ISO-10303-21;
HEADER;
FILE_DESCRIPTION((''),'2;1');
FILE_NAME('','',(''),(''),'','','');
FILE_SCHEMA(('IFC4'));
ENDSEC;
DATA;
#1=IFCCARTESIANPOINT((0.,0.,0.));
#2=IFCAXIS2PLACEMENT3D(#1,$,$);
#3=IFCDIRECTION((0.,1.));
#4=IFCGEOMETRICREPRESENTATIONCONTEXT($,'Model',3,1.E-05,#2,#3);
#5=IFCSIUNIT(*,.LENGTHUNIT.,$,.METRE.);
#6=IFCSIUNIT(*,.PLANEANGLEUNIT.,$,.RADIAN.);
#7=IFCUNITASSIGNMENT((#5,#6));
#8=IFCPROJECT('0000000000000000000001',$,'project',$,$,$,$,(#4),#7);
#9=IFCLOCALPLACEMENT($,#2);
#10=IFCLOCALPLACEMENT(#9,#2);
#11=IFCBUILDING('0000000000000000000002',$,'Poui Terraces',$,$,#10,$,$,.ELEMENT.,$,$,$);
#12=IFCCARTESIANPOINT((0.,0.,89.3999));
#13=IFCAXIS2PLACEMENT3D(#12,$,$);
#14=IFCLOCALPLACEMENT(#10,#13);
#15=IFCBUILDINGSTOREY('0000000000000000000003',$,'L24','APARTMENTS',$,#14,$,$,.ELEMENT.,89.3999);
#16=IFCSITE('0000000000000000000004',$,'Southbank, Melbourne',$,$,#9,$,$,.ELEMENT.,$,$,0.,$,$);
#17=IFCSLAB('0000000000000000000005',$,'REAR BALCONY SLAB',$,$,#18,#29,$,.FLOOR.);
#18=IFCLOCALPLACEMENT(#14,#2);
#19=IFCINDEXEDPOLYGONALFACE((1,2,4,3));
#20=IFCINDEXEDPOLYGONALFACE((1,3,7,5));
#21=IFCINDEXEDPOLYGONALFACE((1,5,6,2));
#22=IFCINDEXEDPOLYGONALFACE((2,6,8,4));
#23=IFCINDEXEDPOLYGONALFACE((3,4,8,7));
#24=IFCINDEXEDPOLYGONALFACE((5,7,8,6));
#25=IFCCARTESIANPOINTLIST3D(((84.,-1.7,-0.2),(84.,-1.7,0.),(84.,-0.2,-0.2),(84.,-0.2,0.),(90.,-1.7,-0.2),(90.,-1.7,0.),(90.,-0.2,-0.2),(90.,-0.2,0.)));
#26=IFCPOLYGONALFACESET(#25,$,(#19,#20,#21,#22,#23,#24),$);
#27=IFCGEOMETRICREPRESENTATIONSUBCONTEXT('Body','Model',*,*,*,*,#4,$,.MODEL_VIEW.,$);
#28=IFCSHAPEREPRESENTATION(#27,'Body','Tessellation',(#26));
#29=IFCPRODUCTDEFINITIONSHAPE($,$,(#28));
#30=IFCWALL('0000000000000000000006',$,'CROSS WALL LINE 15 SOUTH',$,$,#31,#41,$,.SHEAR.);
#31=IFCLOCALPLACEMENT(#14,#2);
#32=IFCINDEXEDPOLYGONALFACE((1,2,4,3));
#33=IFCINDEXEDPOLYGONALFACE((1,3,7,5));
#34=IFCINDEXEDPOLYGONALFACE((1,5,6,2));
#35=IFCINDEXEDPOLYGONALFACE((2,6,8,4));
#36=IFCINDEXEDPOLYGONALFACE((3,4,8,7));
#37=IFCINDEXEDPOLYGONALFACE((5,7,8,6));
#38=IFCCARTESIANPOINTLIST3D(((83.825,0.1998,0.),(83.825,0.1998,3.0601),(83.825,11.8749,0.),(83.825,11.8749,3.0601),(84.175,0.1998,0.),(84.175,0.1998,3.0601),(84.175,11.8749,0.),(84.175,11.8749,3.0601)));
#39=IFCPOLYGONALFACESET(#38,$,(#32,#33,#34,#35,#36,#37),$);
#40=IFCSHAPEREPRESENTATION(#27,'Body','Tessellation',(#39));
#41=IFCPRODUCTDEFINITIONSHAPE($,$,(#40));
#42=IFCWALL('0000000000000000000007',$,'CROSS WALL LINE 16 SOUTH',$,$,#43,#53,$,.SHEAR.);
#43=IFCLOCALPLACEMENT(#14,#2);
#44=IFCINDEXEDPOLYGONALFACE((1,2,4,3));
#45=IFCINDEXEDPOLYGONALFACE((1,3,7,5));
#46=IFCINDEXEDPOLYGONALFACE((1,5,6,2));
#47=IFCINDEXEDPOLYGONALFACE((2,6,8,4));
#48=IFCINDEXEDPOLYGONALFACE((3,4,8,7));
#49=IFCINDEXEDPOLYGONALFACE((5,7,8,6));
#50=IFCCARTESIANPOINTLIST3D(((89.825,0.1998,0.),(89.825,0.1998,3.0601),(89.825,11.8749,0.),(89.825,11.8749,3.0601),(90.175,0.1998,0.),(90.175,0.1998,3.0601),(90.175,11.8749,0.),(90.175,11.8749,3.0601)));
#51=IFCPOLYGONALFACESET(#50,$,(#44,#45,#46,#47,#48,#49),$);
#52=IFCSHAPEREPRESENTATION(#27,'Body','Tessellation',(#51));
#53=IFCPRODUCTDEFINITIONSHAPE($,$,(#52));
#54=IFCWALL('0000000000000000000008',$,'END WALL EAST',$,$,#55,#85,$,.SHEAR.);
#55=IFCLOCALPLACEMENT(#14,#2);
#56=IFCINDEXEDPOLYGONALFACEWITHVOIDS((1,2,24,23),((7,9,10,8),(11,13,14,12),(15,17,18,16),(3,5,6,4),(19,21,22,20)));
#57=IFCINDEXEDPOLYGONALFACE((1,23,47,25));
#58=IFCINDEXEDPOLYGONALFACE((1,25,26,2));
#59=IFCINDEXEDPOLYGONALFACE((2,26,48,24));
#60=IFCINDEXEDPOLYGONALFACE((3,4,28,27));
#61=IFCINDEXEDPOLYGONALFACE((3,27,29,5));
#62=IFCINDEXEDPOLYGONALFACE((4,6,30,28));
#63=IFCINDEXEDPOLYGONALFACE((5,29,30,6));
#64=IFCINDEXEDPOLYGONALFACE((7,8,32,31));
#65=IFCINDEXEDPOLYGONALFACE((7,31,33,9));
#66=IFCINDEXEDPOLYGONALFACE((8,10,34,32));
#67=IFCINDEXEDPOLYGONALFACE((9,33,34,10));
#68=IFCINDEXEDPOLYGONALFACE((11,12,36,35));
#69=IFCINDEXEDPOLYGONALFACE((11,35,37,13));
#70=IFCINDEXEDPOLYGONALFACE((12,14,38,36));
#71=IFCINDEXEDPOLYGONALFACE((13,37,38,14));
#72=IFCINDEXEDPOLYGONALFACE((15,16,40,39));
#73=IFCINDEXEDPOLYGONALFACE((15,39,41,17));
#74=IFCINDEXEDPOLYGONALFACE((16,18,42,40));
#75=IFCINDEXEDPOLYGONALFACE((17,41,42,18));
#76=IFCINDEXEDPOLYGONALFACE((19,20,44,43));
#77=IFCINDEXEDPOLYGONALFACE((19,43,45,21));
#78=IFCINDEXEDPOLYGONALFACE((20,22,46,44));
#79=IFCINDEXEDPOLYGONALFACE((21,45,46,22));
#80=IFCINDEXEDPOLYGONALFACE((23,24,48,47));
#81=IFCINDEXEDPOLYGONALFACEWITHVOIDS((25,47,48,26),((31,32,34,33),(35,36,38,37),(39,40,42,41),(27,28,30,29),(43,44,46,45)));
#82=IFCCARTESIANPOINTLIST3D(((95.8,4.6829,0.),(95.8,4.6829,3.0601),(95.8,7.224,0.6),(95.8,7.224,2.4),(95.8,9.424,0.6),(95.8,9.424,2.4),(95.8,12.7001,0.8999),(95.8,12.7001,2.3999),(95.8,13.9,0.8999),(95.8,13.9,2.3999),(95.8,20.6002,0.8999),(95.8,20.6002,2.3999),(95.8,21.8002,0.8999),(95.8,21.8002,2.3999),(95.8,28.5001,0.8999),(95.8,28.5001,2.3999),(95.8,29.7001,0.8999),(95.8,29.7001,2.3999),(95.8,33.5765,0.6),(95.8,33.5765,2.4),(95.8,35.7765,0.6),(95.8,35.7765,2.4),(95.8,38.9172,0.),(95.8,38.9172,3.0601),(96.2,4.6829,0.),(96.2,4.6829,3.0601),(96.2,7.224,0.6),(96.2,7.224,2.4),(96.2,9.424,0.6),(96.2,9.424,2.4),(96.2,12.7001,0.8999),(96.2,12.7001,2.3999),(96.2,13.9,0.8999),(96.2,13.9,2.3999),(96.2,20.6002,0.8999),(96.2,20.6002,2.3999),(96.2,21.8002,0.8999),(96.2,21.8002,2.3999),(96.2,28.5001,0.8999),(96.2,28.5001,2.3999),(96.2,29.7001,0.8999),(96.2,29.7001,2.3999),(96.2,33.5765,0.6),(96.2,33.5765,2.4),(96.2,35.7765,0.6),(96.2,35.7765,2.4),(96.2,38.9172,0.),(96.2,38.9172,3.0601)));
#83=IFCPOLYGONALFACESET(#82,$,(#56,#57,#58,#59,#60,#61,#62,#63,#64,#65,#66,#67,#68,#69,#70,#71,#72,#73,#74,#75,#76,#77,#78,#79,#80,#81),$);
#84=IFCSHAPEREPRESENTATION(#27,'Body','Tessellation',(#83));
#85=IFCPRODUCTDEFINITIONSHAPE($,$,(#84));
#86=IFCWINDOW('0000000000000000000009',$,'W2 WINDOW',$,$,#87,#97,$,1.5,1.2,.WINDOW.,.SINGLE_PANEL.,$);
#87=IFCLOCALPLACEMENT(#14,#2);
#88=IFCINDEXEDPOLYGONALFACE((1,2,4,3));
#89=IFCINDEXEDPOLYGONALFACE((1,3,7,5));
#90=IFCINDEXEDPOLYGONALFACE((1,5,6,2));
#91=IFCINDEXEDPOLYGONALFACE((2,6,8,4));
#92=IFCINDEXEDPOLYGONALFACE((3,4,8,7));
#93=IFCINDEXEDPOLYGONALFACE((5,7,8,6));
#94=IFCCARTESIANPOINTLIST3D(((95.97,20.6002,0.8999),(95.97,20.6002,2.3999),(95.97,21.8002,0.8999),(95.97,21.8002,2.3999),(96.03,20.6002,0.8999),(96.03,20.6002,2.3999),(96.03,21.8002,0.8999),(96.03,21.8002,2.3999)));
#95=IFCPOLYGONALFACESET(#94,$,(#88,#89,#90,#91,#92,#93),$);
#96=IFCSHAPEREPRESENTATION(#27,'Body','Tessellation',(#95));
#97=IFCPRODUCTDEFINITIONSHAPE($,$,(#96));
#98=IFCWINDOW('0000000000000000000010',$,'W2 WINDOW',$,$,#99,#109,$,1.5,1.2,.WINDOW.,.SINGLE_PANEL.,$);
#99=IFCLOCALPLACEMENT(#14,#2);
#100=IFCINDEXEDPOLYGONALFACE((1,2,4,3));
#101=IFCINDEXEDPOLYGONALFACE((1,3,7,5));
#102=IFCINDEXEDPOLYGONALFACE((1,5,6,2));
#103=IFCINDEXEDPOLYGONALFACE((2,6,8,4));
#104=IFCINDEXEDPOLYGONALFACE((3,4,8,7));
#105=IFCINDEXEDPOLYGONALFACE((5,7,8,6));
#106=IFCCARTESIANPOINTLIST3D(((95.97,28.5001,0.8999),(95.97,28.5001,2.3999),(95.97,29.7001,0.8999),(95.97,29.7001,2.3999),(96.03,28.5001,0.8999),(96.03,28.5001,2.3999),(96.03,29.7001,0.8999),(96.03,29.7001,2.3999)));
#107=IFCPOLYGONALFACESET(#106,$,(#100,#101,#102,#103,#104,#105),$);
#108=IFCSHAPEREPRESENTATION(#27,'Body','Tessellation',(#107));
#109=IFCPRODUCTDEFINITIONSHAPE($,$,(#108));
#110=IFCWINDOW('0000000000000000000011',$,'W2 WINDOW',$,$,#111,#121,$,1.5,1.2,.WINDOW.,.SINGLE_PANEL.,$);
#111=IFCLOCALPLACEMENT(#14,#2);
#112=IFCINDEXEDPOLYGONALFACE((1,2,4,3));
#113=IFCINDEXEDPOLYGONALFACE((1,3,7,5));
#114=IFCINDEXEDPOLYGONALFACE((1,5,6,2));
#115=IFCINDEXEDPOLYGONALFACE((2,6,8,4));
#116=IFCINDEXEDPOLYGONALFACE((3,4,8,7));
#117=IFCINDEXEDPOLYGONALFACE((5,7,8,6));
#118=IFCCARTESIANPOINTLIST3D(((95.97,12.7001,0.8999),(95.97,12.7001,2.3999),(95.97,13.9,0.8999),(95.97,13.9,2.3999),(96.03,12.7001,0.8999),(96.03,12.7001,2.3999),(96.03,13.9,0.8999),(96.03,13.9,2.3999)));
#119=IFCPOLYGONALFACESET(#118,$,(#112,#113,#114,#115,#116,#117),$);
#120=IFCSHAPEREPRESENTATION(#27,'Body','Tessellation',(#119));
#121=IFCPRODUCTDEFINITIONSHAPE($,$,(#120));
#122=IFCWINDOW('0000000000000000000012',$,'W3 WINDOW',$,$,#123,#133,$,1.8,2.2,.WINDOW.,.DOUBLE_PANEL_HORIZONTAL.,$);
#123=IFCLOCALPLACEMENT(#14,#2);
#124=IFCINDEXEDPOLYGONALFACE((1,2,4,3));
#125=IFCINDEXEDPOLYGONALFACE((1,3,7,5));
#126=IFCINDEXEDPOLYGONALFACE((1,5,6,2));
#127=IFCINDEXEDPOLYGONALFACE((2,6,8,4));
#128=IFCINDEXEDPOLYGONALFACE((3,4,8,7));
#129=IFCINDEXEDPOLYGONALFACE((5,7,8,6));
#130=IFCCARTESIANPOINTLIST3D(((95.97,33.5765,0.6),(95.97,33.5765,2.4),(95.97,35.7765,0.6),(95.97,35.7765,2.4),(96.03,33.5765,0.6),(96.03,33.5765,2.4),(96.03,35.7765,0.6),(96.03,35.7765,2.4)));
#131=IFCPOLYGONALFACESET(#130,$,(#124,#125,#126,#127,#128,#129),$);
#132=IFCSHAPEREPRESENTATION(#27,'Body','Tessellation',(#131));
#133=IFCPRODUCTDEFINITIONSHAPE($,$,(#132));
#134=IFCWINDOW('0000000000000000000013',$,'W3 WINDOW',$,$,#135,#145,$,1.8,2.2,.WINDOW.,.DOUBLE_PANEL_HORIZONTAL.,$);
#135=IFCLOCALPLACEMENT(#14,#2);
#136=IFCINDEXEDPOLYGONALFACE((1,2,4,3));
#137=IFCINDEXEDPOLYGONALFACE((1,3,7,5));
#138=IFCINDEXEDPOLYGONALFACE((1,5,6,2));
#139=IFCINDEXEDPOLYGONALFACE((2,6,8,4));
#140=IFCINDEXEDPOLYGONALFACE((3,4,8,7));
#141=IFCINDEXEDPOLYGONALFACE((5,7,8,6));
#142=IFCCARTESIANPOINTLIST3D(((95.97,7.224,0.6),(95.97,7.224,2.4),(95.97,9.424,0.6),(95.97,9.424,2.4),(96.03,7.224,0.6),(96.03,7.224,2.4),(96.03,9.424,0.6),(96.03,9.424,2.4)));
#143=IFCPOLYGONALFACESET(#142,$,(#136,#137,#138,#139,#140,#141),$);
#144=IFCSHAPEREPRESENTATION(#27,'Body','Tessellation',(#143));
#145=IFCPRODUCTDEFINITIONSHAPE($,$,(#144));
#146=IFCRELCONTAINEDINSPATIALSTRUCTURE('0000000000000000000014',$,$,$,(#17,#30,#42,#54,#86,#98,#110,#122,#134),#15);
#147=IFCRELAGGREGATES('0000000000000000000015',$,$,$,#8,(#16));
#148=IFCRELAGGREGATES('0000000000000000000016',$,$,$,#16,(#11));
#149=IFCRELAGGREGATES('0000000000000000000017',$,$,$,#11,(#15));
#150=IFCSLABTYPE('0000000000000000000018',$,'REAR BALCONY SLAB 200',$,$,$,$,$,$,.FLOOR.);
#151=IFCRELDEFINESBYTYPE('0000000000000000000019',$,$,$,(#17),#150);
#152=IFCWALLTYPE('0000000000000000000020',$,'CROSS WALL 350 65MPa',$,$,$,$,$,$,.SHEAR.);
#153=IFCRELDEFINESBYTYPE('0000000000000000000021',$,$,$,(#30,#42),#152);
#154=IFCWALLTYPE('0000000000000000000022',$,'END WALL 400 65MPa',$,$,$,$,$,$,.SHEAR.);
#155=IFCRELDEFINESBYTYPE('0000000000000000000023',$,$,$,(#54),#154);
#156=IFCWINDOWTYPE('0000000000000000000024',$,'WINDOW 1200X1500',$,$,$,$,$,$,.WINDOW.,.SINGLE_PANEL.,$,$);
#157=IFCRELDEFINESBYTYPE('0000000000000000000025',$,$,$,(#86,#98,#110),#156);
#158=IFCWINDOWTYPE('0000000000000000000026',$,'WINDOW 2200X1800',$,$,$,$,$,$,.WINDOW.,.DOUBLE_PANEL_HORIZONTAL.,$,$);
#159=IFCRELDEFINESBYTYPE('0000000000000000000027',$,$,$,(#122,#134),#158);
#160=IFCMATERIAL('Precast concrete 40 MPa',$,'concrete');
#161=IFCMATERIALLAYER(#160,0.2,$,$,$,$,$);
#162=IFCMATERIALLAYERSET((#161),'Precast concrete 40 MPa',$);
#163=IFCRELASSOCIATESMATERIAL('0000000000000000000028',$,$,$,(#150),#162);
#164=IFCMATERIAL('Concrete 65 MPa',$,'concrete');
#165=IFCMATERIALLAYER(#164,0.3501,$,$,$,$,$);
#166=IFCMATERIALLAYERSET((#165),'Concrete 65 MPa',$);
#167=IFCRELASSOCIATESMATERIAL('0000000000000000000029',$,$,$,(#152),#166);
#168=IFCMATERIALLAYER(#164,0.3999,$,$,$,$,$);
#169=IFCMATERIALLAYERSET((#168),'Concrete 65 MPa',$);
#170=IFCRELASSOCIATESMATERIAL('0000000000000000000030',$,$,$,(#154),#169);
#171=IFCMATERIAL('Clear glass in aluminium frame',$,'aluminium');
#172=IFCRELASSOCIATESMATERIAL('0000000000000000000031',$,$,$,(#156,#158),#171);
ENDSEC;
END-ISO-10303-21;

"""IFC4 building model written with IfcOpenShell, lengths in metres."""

from ifc_helpers import new_model, si_unit, direction, frame, frame_2d, origin, place, context, subcontext, project, spatial, polyline, rectangle, outline, extrude, source, transform, mapped, material, layer, layer_set, type_object, element, fill, save


model = new_model("IFC4")

# Units and contexts
model_context = context("Model", 3, precision=1e-05, world=origin(), true_north=direction((0.0, 1.0)))
body_context = subcontext(model_context, "Body", "Model", "MODEL_VIEW")
ifc_project = project(units=[si_unit("LENGTHUNIT", "METRE"), si_unit("PLANEANGLEUNIT", "RADIAN")], contexts=[model_context])

# Site, building, storey
site_placement = place(None, origin())
site = spatial("IfcSite", under=ifc_project, at=site_placement, Name="Southbank, Melbourne", CompositionType="ELEMENT", RefElevation=0.0)
building_placement = place(site_placement, origin())
building = spatial("IfcBuilding", under=site, at=building_placement, Name="Poui Terraces", CompositionType="ELEMENT")
storey_placement = place(building_placement, frame((0.0, 0.0, 89.3999)))
storey = spatial("IfcBuildingStorey", under=building, at=storey_placement, Name="L24", Description="APARTMENTS", CompositionType="ELEMENT", Elevation=89.3999)

# Slab
ifc_material_1 = material(Name="Precast concrete 40 MPa", Category="concrete")
ifc_layer_1 = layer(ifc_material_1, 0.2)
ifc_layer_set_1 = layer_set([ifc_layer_1], Name="Precast concrete 40 MPa")
slab_type = type_object("IfcSlabType", Name="REAR BALCONY SLAB 200", PredefinedType="FLOOR", material=ifc_layer_set_1)
shared_shape_1 = source(origin(), body_context, "Body", "SweptSolid", [
    extrude(outline(polyline([(0.0, 0.0), (6.0, 0.0), (6.0, 1.5), (0.0, 1.5), (0.0, 0.0)])), origin(), (0.0, 0.0, 1.0), 0.2),
])
slab_placement = place(storey_placement, frame((84.0, -1.7, -0.2)))
element("IfcSlab", 1, at=slab_placement, inside=storey, type_object=slab_type, Name="REAR BALCONY SLAB", PredefinedType="FLOOR", context=body_context, shape_type="MappedRepresentation", body=[
    mapped(shared_shape_1, transform((0.0, 0.0, 0.0))),
])

# Walls
ifc_material_2 = material(Name="Concrete 65 MPa", Category="concrete")
ifc_layer_2 = layer(ifc_material_2, 0.3501)
ifc_layer_set_2 = layer_set([ifc_layer_2], Name="Concrete 65 MPa")
wall_type_1 = type_object("IfcWallType", Name="CROSS WALL 350 65MPa", PredefinedType="SHEAR", material=ifc_layer_set_2)
for number, where, z_axis, x_axis, name in (
    (2, (84.0, 0.2, 0.0), (0.0, 0.0, 1.0), (0.0, 1.0, 0.0), "CROSS WALL LINE 15 SOUTH"),
    (3, (90.0, 0.2, 0.0), (0.0, 0.0, 1.0), (0.0, 1.0, 0.0), "CROSS WALL LINE 16 SOUTH"),
):
    element("IfcWall", number, at=place(storey_placement, frame(where, z_axis=z_axis, x_axis=x_axis)), inside=storey, type_object=wall_type_1, Name=name, PredefinedType="SHEAR", context=body_context, shape_type="SweptSolid", body=[
        extrude(rectangle(XDim=11.675, YDim=0.3501, at=frame_2d((5.8374, 0.0))), origin(), (0.0, 0.0, 1.0), 3.0601),
    ])

# Wall, openings, windows
ifc_layer_3 = layer(ifc_material_2, 0.3999)
ifc_layer_set_3 = layer_set([ifc_layer_3], Name="Concrete 65 MPa")
wall_type_2 = type_object("IfcWallType", Name="END WALL 400 65MPa", PredefinedType="SHEAR", material=ifc_layer_set_3)
wall_1_placement = place(storey_placement, frame((96.0, 4.6829, 0.0), z_axis=(0.0, 0.0, 1.0), x_axis=(0.0, 1.0, 0.0)))
wall_1 = element("IfcWall", 4, at=wall_1_placement, inside=storey, type_object=wall_type_2, Name="END WALL EAST", PredefinedType="SHEAR", context=body_context, shape_type="SweptSolid", body=[
    extrude(rectangle(XDim=34.2344, YDim=0.3999, at=frame_2d((17.1172, 0.0))), origin(), (0.0, 0.0, 1.0), 3.0601),
])
opening_1_placement = place(wall_1_placement, frame((15.9172, 0.0, 0.8999)))
opening_1 = element("IfcOpeningElement", 5, at=opening_1_placement, cuts=wall_1, PredefinedType="OPENING", context=body_context, shape_type="SweptSolid", body=[
    extrude(rectangle(XDim=1.2, YDim=1.5, at=frame_2d((0.6001, 0.75))), frame((0.0, 0.21, 0.0), z_axis=(0.0, -1.0, 0.0), x_axis=(1.0, 0.0, 0.0)), (0.0, 0.0, 1.0), 0.4199),
])
opening_2_placement = place(wall_1_placement, frame((23.8171, 0.0, 0.8999)))
opening_2 = element("IfcOpeningElement", 6, at=opening_2_placement, cuts=wall_1, PredefinedType="OPENING", context=body_context, shape_type="SweptSolid", body=[
    extrude(rectangle(XDim=1.2, YDim=1.5, at=frame_2d((0.6001, 0.75))), frame((0.0, 0.21, 0.0), z_axis=(0.0, -1.0, 0.0), x_axis=(1.0, 0.0, 0.0)), (0.0, 0.0, 1.0), 0.4199),
])
opening_3_placement = place(wall_1_placement, frame((8.0171, 0.0, 0.8999)))
opening_3 = element("IfcOpeningElement", 7, at=opening_3_placement, cuts=wall_1, PredefinedType="OPENING", context=body_context, shape_type="SweptSolid", body=[
    extrude(rectangle(XDim=1.2, YDim=1.5, at=frame_2d((0.6001, 0.75))), frame((0.0, 0.21, 0.0), z_axis=(0.0, -1.0, 0.0), x_axis=(1.0, 0.0, 0.0)), (0.0, 0.0, 1.0), 0.4199),
])
opening_4_placement = place(wall_1_placement, frame((28.8936, 0.0, 0.6001)))
opening_4 = element("IfcOpeningElement", 8, at=opening_4_placement, cuts=wall_1, PredefinedType="OPENING", context=body_context, shape_type="SweptSolid", body=[
    extrude(rectangle(XDim=2.2, YDim=1.8, at=frame_2d((1.1001, 0.8999))), frame((0.0, 0.21, 0.0), z_axis=(0.0, -1.0, 0.0), x_axis=(1.0, 0.0, 0.0)), (0.0, 0.0, 1.0), 0.4199),
])
opening_5_placement = place(wall_1_placement, frame((2.541, 0.0, 0.6001)))
opening_5 = element("IfcOpeningElement", 9, at=opening_5_placement, cuts=wall_1, PredefinedType="OPENING", context=body_context, shape_type="SweptSolid", body=[
    extrude(rectangle(XDim=2.2, YDim=1.8, at=frame_2d((1.1001, 0.8999))), frame((0.0, 0.21, 0.0), z_axis=(0.0, -1.0, 0.0), x_axis=(1.0, 0.0, 0.0)), (0.0, 0.0, 1.0), 0.4199),
])
ifc_material_3 = material(Name="Clear glass in aluminium frame", Category="aluminium")
window_type_1 = type_object("IfcWindowType", Name="WINDOW 1200X1500", PartitioningType="SINGLE_PANEL", PredefinedType="WINDOW", material=ifc_material_3)
window_1_placement = place(opening_1_placement, origin())
window_1 = element("IfcWindow", 10, at=window_1_placement, inside=storey, type_object=window_type_1, Name="W2 WINDOW", OverallHeight=1.5, OverallWidth=1.2, PartitioningType="SINGLE_PANEL", PredefinedType="WINDOW", context=body_context, shape_type="SweptSolid", body=[
    extrude(rectangle(XDim=1.2, YDim=1.5, at=frame_2d((0.6001, 0.75))), frame((0.0, 0.03, 0.0), z_axis=(0.0, -1.0, 0.0), x_axis=(1.0, 0.0, 0.0)), (0.0, 0.0, 1.0), 0.0601),
])
fill(opening_1, window_1)
window_2_placement = place(opening_2_placement, origin())
window_2 = element("IfcWindow", 11, at=window_2_placement, inside=storey, type_object=window_type_1, Name="W2 WINDOW", OverallHeight=1.5, OverallWidth=1.2, PartitioningType="SINGLE_PANEL", PredefinedType="WINDOW", context=body_context, shape_type="SweptSolid", body=[
    extrude(rectangle(XDim=1.2, YDim=1.5, at=frame_2d((0.6001, 0.75))), frame((0.0, 0.03, 0.0), z_axis=(0.0, -1.0, 0.0), x_axis=(1.0, 0.0, 0.0)), (0.0, 0.0, 1.0), 0.0601),
])
fill(opening_2, window_2)
window_3_placement = place(opening_3_placement, origin())
window_3 = element("IfcWindow", 12, at=window_3_placement, inside=storey, type_object=window_type_1, Name="W2 WINDOW", OverallHeight=1.5, OverallWidth=1.2, PartitioningType="SINGLE_PANEL", PredefinedType="WINDOW", context=body_context, shape_type="SweptSolid", body=[
    extrude(rectangle(XDim=1.2, YDim=1.5, at=frame_2d((0.6001, 0.75))), frame((0.0, 0.03, 0.0), z_axis=(0.0, -1.0, 0.0), x_axis=(1.0, 0.0, 0.0)), (0.0, 0.0, 1.0), 0.0601),
])
fill(opening_3, window_3)
window_type_2 = type_object("IfcWindowType", Name="WINDOW 2200X1800", PartitioningType="DOUBLE_PANEL_HORIZONTAL", PredefinedType="WINDOW", material=ifc_material_3)
window_4_placement = place(opening_4_placement, origin())
window_4 = element("IfcWindow", 13, at=window_4_placement, inside=storey, type_object=window_type_2, Name="W3 WINDOW", OverallHeight=1.8, OverallWidth=2.2, PartitioningType="DOUBLE_PANEL_HORIZONTAL", PredefinedType="WINDOW", context=body_context, shape_type="SweptSolid", body=[
    extrude(rectangle(XDim=2.2, YDim=1.8, at=frame_2d((1.1001, 0.8999))), frame((0.0, 0.03, 0.0), z_axis=(0.0, -1.0, 0.0), x_axis=(1.0, 0.0, 0.0)), (0.0, 0.0, 1.0), 0.0601),
])
fill(opening_4, window_4)
window_5_placement = place(opening_5_placement, origin())
window_5 = element("IfcWindow", 14, at=window_5_placement, inside=storey, type_object=window_type_2, Name="W3 WINDOW", OverallHeight=1.8, OverallWidth=2.2, PartitioningType="DOUBLE_PANEL_HORIZONTAL", PredefinedType="WINDOW", context=body_context, shape_type="SweptSolid", body=[
    extrude(rectangle(XDim=2.2, YDim=1.8, at=frame_2d((1.1001, 0.8999))), frame((0.0, 0.03, 0.0), z_axis=(0.0, -1.0, 0.0), x_axis=(1.0, 0.0, 0.0)), (0.0, 0.0, 1.0), 0.0601),
])
fill(opening_5, window_5)

save(model, "model.ifc")
